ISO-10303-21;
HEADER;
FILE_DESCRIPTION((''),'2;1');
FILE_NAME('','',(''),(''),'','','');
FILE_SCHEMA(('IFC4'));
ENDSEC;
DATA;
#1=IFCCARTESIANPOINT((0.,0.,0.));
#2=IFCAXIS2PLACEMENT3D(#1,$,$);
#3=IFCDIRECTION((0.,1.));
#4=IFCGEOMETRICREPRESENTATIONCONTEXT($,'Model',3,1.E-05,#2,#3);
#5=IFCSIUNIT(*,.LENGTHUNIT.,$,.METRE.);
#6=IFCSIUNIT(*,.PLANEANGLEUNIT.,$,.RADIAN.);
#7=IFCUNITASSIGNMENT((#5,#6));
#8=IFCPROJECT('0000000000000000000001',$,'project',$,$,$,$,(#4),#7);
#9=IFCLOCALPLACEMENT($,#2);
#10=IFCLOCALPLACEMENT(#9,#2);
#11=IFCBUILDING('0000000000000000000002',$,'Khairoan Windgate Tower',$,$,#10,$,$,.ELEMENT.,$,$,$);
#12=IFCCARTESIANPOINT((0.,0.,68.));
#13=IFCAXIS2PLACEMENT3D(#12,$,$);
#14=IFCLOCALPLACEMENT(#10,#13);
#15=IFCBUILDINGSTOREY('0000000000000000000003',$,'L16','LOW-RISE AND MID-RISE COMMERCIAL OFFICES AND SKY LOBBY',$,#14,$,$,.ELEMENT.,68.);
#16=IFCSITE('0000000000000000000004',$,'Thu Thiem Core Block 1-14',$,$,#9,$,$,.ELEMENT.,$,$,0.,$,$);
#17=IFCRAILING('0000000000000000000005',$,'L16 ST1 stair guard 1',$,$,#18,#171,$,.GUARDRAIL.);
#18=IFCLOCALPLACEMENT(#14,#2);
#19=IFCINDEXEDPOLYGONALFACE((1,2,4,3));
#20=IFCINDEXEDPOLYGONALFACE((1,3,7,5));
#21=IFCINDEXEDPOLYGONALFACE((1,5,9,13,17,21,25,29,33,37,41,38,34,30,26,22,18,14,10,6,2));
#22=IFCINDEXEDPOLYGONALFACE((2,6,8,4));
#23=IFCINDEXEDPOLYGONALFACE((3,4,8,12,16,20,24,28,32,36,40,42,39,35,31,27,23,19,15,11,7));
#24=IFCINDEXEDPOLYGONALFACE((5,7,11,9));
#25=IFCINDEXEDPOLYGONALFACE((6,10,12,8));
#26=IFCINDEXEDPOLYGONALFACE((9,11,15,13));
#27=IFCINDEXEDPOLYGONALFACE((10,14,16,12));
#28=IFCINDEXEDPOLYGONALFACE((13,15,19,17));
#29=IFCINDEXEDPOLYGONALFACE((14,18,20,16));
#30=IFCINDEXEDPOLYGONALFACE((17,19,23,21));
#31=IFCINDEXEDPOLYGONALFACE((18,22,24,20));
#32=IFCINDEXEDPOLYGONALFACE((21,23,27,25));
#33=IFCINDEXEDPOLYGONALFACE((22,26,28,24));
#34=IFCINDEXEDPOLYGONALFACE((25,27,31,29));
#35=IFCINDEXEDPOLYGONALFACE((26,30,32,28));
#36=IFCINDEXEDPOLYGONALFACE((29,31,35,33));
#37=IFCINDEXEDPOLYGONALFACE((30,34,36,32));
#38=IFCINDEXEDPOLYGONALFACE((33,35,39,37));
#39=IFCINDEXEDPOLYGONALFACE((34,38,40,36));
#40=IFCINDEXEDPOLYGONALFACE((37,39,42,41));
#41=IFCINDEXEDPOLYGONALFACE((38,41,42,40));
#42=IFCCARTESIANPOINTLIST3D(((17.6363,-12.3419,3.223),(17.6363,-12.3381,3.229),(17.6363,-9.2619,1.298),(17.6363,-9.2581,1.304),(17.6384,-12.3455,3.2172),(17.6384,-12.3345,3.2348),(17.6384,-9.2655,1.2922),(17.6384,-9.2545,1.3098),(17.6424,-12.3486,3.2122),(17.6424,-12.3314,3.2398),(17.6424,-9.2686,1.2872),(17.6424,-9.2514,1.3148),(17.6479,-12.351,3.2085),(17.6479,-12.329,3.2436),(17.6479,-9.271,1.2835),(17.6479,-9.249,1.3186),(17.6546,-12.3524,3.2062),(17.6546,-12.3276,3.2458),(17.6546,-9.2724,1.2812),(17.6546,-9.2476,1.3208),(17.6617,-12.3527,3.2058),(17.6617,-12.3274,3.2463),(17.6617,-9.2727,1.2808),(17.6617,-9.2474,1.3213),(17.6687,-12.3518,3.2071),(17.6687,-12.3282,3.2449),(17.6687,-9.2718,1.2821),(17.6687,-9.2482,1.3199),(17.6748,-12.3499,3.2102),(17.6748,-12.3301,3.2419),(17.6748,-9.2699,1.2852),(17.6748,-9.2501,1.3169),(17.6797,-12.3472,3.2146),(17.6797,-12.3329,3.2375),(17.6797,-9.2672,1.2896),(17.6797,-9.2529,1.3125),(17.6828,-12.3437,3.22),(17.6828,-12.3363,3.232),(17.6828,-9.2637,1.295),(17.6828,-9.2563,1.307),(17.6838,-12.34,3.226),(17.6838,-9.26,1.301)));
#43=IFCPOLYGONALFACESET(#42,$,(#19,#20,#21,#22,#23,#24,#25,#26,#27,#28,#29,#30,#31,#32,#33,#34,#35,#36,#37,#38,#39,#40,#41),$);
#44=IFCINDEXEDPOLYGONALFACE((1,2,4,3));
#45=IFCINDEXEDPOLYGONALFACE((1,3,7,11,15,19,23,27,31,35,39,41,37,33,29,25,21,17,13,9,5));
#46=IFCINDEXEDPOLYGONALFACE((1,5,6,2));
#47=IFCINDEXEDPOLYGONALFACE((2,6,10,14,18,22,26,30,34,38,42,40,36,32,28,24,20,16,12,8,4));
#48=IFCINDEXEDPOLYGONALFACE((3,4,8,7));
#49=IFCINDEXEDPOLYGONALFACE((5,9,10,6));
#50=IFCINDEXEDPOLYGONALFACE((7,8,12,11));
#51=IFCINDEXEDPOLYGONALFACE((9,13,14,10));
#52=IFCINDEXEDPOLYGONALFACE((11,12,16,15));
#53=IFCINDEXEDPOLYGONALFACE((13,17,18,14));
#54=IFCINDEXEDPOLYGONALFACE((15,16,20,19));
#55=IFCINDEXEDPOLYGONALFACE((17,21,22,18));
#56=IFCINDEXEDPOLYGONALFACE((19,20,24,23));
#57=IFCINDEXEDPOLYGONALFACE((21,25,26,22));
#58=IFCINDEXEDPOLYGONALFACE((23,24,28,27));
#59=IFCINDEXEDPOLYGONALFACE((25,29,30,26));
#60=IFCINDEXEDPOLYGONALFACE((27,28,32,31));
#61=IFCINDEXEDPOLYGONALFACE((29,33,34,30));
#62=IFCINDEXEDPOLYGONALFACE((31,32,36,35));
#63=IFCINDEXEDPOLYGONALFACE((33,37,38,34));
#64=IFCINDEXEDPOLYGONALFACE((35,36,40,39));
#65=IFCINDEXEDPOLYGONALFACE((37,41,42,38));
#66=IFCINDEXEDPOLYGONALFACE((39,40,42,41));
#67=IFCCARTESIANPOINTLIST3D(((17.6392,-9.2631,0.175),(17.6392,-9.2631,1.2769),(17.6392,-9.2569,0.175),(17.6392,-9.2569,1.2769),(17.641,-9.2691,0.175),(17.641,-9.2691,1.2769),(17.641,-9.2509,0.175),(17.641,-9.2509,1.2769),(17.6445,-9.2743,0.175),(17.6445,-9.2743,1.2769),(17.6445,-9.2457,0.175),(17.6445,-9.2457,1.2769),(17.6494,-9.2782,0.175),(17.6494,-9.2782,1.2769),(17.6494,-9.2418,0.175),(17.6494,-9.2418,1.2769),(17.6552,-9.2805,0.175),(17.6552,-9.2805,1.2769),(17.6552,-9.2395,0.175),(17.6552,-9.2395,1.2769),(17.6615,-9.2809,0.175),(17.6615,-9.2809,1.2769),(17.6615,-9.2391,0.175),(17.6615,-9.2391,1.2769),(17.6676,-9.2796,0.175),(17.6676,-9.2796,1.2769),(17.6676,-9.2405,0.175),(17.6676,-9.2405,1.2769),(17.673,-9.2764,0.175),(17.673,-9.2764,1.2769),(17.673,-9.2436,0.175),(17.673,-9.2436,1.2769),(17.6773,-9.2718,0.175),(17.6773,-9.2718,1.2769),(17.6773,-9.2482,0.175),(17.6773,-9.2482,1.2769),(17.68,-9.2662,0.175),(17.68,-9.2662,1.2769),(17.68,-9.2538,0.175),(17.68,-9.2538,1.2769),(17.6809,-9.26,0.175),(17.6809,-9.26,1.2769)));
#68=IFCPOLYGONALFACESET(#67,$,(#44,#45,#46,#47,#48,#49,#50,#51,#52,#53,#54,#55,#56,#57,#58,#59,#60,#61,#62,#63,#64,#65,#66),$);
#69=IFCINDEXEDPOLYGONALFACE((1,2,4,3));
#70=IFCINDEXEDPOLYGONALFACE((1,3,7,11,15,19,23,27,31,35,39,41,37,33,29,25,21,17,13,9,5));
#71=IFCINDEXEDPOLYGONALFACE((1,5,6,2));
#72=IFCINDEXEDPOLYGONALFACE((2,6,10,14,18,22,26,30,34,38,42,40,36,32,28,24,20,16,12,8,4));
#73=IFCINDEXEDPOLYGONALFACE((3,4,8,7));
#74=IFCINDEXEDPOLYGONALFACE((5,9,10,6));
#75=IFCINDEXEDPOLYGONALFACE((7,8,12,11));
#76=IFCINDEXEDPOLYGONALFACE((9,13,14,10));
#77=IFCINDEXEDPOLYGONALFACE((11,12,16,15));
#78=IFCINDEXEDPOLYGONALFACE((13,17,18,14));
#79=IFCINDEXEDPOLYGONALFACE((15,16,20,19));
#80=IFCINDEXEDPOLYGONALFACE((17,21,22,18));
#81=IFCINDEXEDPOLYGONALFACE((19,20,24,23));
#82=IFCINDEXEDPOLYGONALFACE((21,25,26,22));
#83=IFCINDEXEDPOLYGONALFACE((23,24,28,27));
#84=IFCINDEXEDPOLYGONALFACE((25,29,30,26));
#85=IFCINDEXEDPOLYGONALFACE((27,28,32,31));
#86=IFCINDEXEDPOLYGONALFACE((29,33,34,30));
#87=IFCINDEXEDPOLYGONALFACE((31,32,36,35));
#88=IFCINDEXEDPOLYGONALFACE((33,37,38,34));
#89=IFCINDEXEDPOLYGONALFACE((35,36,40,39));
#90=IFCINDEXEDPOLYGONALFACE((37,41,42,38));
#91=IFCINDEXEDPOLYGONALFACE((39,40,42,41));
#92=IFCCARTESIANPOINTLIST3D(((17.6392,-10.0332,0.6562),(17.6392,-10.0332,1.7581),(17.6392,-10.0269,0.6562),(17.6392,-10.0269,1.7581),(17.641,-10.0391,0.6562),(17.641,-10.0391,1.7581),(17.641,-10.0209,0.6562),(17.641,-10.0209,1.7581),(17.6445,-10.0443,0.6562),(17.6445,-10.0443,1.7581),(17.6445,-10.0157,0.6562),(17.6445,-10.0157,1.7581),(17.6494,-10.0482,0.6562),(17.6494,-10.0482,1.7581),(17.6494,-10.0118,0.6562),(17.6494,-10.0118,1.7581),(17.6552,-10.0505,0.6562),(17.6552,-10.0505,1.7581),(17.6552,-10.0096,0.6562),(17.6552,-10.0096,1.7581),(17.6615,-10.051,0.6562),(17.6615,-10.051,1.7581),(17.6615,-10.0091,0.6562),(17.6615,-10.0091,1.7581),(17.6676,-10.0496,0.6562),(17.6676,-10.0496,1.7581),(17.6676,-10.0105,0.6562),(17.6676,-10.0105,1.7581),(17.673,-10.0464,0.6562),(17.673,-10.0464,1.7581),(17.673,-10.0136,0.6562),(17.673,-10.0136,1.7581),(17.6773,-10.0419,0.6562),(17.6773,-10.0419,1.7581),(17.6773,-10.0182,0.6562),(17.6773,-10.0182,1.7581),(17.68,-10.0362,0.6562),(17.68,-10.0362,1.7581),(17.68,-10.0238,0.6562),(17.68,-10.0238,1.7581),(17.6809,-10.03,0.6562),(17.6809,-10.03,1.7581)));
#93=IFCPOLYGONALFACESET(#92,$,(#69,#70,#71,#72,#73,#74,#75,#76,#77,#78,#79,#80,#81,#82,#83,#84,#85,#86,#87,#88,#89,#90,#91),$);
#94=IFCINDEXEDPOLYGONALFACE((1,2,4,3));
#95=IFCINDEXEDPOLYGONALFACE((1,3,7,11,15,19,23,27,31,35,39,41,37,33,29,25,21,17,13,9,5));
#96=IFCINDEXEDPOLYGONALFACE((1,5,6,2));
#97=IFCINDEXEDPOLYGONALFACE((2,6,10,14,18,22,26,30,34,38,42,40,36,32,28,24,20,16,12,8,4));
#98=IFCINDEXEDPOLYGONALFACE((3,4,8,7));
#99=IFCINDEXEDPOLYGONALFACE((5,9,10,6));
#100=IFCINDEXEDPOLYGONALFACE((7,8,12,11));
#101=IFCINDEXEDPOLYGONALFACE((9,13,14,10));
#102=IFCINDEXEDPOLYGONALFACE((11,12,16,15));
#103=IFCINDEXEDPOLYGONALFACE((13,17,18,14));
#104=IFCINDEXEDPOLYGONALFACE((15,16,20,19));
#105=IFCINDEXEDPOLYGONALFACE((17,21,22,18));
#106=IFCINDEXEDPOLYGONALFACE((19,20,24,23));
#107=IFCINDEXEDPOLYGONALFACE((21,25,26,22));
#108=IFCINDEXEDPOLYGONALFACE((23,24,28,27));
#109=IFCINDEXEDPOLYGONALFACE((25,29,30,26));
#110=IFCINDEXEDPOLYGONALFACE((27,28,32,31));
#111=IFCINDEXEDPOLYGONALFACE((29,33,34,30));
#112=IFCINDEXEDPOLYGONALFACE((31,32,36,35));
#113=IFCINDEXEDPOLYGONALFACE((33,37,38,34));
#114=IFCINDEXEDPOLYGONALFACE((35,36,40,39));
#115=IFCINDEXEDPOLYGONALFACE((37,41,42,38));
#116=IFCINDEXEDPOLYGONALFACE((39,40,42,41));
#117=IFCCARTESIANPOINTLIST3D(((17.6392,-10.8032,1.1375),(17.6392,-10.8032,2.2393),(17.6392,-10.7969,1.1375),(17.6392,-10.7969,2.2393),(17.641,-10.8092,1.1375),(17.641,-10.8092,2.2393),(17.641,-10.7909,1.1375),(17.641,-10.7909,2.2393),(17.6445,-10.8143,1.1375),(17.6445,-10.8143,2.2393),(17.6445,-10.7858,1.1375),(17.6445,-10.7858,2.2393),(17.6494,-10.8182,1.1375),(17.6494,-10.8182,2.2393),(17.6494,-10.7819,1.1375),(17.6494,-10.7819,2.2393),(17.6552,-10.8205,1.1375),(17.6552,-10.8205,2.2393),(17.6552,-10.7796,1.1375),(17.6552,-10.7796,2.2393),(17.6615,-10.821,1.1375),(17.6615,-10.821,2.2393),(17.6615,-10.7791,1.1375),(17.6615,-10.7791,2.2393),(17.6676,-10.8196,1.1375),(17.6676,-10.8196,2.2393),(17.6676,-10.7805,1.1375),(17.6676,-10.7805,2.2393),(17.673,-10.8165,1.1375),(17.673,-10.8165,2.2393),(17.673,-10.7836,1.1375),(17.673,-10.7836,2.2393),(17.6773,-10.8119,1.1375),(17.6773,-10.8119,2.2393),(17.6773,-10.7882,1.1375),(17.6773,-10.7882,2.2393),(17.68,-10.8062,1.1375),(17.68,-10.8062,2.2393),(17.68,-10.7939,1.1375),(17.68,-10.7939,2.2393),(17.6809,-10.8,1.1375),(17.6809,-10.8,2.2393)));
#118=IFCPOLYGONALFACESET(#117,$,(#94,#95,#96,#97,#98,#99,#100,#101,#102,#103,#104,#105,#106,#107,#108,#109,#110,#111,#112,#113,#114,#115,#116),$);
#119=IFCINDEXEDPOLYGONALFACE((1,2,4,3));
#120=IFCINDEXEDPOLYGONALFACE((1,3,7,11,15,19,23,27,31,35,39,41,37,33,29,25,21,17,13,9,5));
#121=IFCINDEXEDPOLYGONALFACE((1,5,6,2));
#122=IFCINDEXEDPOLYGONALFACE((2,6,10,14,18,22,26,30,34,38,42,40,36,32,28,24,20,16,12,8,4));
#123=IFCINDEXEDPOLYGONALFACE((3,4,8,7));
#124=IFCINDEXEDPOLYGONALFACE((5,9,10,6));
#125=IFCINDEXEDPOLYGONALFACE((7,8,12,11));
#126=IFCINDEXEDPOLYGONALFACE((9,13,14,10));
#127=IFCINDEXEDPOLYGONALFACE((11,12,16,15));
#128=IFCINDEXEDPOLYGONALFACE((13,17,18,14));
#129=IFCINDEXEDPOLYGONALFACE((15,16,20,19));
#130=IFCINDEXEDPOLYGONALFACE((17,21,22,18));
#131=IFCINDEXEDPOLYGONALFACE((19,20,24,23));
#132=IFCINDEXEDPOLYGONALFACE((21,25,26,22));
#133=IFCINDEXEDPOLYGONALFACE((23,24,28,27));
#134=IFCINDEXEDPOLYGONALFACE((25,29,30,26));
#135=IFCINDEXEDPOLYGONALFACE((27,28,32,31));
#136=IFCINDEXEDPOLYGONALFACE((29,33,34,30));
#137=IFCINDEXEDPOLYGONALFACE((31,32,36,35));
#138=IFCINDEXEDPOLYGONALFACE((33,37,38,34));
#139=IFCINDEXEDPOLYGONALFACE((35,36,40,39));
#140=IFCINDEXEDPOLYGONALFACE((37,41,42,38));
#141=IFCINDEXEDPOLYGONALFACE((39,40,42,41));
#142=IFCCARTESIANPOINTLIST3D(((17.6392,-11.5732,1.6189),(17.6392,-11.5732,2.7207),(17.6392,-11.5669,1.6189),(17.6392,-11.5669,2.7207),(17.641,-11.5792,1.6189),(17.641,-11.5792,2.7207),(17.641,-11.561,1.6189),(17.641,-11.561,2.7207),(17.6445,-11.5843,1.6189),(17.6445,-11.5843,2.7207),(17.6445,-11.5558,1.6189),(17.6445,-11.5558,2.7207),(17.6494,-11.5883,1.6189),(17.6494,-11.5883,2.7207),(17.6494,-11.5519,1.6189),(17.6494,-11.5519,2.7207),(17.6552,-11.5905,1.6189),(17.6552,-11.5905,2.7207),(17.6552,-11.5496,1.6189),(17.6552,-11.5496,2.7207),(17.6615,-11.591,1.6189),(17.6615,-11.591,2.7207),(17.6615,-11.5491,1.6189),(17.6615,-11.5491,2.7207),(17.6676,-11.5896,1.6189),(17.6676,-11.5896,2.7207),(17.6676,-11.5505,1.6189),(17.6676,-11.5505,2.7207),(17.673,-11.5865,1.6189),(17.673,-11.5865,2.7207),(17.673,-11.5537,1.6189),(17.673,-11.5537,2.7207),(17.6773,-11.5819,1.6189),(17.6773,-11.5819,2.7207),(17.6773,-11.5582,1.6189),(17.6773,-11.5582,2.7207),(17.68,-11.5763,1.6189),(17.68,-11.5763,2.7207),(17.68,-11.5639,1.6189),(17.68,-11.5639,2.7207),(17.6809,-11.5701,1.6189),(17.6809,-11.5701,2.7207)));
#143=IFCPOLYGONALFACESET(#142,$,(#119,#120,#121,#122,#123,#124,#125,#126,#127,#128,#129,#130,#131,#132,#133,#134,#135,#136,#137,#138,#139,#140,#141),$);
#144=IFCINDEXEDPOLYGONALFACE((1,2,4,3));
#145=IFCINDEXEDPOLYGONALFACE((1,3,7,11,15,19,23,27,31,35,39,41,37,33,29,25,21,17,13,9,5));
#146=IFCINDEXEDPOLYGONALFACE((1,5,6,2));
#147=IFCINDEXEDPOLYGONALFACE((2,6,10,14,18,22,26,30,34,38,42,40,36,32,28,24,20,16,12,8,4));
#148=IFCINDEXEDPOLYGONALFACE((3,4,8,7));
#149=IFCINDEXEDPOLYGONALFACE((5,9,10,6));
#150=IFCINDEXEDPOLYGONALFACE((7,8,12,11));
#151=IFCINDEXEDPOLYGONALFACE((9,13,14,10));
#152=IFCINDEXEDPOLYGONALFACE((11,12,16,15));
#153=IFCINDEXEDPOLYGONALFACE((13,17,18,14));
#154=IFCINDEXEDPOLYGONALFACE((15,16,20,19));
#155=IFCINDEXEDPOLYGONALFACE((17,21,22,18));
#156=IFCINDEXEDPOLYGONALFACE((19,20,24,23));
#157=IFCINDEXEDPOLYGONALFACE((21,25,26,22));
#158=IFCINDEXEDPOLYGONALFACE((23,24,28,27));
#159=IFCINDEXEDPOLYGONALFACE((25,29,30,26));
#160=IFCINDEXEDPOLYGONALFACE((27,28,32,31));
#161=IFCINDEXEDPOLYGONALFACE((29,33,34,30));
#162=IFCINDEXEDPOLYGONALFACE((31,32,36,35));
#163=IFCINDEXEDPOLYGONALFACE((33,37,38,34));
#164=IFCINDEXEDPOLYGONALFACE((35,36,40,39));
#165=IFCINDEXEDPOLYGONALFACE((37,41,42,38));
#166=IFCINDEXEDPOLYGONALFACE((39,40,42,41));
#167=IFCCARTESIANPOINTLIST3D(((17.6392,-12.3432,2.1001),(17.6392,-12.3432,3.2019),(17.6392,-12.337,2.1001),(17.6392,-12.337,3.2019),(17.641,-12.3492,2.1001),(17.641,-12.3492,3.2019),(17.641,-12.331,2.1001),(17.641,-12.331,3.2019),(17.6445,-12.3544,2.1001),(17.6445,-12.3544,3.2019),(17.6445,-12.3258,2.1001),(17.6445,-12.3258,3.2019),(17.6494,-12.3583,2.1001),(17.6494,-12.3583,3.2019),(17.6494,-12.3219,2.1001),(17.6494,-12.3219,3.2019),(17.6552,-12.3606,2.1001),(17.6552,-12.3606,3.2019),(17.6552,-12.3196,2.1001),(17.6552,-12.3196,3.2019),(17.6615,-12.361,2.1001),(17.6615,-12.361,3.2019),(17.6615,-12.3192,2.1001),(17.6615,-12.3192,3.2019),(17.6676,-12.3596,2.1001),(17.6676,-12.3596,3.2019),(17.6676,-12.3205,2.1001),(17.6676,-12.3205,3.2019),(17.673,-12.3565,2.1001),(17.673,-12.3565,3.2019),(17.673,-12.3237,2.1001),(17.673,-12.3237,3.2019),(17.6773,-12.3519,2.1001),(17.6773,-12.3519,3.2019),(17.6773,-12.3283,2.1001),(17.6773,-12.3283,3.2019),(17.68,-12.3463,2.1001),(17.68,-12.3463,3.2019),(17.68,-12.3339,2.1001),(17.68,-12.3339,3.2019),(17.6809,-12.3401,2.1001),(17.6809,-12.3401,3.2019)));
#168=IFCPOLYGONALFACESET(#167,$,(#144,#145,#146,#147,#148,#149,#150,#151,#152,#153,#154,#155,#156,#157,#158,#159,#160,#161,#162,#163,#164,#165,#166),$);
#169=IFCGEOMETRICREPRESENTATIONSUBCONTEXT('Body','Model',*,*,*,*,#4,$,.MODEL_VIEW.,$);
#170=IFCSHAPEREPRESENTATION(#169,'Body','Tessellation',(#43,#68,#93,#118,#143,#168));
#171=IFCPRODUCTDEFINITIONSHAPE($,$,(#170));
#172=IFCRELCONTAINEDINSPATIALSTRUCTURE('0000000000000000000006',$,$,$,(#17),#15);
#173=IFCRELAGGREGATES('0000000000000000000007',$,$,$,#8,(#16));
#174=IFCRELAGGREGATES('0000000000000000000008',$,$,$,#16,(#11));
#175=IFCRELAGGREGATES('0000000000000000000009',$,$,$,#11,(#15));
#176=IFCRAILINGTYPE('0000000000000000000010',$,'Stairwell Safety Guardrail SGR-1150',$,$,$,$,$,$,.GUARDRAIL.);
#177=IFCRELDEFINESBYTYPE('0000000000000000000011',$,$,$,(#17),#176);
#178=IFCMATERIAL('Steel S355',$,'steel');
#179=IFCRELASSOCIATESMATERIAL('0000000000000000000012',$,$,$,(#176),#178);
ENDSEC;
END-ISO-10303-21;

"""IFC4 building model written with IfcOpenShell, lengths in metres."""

from ifc_helpers import new_model, si_unit, direction, frame, origin, origin_2d, place, context, subcontext, project, spatial, circle, extrude, material, type_object, element, save


model = new_model("IFC4")

# Units and contexts
model_context = context("Model", 3, precision=1e-05, world=origin(), true_north=direction((0.0, 1.0)))
body_context = subcontext(model_context, "Body", "Model", "MODEL_VIEW")
ifc_project = project(units=[si_unit("LENGTHUNIT", "METRE"), si_unit("PLANEANGLEUNIT", "RADIAN")], contexts=[model_context])

# Site, building, storey
site_placement = place(None, origin())
site = spatial("IfcSite", under=ifc_project, at=site_placement, Name="Thu Thiem Core Block 1-14", CompositionType="ELEMENT", RefElevation=0.0)
building_placement = place(site_placement, origin())
building = spatial("IfcBuilding", under=site, at=building_placement, Name="Khairoan Windgate Tower", CompositionType="ELEMENT")
storey_placement = place(building_placement, frame((0.0, 0.0, 68.0)))
storey = spatial("IfcBuildingStorey", under=building, at=storey_placement, Name="L16", Description="LOW-RISE AND MID-RISE COMMERCIAL OFFICES AND SKY LOBBY", CompositionType="ELEMENT", Elevation=68.0)

# Railing
ifc_material_1 = material(Name="Steel S355", Category="steel")
railing_type_1 = type_object("IfcRailingType", Name="Stairwell Safety Guardrail SGR-1150", PredefinedType="GUARDRAIL", material=ifc_material_1)
railing_1_placement = place(storey_placement, frame((17.6599, -9.26, 0.175)))
element("IfcRailing", 1, at=railing_1_placement, inside=storey, type_object=railing_type_1, Name="L16 ST1 stair guard 1", PredefinedType="GUARDRAIL", context=body_context, shape_type="SweptSolid", body=[
    extrude(circle(Radius=0.0239, at=origin_2d()), frame((0.0, 0.0, 1.126), z_axis=(0.0, -0.847998, 0.529999), x_axis=(1.0, 0.0, 0.0)), (0.0, 0.0, 1.0), 3.6321),
    extrude(circle(Radius=0.021, at=origin_2d()), origin(), (0.0, 0.0, 1.0), 1.1018),
    extrude(circle(Radius=0.021, at=origin_2d()), frame((0.0, -0.77, 0.4812)), (0.0, 0.0, 1.0), 1.1018),
    extrude(circle(Radius=0.021, at=origin_2d()), frame((0.0, -1.54, 0.9624)), (0.0, 0.0, 1.0), 1.1018),
    extrude(circle(Radius=0.021, at=origin_2d()), frame((0.0, -2.3101, 1.4438)), (0.0, 0.0, 1.0), 1.1018),
    extrude(circle(Radius=0.021, at=origin_2d()), frame((0.0, -3.0801, 1.925)), (0.0, 0.0, 1.0), 1.1018),
])

save(model, "model.ifc")
